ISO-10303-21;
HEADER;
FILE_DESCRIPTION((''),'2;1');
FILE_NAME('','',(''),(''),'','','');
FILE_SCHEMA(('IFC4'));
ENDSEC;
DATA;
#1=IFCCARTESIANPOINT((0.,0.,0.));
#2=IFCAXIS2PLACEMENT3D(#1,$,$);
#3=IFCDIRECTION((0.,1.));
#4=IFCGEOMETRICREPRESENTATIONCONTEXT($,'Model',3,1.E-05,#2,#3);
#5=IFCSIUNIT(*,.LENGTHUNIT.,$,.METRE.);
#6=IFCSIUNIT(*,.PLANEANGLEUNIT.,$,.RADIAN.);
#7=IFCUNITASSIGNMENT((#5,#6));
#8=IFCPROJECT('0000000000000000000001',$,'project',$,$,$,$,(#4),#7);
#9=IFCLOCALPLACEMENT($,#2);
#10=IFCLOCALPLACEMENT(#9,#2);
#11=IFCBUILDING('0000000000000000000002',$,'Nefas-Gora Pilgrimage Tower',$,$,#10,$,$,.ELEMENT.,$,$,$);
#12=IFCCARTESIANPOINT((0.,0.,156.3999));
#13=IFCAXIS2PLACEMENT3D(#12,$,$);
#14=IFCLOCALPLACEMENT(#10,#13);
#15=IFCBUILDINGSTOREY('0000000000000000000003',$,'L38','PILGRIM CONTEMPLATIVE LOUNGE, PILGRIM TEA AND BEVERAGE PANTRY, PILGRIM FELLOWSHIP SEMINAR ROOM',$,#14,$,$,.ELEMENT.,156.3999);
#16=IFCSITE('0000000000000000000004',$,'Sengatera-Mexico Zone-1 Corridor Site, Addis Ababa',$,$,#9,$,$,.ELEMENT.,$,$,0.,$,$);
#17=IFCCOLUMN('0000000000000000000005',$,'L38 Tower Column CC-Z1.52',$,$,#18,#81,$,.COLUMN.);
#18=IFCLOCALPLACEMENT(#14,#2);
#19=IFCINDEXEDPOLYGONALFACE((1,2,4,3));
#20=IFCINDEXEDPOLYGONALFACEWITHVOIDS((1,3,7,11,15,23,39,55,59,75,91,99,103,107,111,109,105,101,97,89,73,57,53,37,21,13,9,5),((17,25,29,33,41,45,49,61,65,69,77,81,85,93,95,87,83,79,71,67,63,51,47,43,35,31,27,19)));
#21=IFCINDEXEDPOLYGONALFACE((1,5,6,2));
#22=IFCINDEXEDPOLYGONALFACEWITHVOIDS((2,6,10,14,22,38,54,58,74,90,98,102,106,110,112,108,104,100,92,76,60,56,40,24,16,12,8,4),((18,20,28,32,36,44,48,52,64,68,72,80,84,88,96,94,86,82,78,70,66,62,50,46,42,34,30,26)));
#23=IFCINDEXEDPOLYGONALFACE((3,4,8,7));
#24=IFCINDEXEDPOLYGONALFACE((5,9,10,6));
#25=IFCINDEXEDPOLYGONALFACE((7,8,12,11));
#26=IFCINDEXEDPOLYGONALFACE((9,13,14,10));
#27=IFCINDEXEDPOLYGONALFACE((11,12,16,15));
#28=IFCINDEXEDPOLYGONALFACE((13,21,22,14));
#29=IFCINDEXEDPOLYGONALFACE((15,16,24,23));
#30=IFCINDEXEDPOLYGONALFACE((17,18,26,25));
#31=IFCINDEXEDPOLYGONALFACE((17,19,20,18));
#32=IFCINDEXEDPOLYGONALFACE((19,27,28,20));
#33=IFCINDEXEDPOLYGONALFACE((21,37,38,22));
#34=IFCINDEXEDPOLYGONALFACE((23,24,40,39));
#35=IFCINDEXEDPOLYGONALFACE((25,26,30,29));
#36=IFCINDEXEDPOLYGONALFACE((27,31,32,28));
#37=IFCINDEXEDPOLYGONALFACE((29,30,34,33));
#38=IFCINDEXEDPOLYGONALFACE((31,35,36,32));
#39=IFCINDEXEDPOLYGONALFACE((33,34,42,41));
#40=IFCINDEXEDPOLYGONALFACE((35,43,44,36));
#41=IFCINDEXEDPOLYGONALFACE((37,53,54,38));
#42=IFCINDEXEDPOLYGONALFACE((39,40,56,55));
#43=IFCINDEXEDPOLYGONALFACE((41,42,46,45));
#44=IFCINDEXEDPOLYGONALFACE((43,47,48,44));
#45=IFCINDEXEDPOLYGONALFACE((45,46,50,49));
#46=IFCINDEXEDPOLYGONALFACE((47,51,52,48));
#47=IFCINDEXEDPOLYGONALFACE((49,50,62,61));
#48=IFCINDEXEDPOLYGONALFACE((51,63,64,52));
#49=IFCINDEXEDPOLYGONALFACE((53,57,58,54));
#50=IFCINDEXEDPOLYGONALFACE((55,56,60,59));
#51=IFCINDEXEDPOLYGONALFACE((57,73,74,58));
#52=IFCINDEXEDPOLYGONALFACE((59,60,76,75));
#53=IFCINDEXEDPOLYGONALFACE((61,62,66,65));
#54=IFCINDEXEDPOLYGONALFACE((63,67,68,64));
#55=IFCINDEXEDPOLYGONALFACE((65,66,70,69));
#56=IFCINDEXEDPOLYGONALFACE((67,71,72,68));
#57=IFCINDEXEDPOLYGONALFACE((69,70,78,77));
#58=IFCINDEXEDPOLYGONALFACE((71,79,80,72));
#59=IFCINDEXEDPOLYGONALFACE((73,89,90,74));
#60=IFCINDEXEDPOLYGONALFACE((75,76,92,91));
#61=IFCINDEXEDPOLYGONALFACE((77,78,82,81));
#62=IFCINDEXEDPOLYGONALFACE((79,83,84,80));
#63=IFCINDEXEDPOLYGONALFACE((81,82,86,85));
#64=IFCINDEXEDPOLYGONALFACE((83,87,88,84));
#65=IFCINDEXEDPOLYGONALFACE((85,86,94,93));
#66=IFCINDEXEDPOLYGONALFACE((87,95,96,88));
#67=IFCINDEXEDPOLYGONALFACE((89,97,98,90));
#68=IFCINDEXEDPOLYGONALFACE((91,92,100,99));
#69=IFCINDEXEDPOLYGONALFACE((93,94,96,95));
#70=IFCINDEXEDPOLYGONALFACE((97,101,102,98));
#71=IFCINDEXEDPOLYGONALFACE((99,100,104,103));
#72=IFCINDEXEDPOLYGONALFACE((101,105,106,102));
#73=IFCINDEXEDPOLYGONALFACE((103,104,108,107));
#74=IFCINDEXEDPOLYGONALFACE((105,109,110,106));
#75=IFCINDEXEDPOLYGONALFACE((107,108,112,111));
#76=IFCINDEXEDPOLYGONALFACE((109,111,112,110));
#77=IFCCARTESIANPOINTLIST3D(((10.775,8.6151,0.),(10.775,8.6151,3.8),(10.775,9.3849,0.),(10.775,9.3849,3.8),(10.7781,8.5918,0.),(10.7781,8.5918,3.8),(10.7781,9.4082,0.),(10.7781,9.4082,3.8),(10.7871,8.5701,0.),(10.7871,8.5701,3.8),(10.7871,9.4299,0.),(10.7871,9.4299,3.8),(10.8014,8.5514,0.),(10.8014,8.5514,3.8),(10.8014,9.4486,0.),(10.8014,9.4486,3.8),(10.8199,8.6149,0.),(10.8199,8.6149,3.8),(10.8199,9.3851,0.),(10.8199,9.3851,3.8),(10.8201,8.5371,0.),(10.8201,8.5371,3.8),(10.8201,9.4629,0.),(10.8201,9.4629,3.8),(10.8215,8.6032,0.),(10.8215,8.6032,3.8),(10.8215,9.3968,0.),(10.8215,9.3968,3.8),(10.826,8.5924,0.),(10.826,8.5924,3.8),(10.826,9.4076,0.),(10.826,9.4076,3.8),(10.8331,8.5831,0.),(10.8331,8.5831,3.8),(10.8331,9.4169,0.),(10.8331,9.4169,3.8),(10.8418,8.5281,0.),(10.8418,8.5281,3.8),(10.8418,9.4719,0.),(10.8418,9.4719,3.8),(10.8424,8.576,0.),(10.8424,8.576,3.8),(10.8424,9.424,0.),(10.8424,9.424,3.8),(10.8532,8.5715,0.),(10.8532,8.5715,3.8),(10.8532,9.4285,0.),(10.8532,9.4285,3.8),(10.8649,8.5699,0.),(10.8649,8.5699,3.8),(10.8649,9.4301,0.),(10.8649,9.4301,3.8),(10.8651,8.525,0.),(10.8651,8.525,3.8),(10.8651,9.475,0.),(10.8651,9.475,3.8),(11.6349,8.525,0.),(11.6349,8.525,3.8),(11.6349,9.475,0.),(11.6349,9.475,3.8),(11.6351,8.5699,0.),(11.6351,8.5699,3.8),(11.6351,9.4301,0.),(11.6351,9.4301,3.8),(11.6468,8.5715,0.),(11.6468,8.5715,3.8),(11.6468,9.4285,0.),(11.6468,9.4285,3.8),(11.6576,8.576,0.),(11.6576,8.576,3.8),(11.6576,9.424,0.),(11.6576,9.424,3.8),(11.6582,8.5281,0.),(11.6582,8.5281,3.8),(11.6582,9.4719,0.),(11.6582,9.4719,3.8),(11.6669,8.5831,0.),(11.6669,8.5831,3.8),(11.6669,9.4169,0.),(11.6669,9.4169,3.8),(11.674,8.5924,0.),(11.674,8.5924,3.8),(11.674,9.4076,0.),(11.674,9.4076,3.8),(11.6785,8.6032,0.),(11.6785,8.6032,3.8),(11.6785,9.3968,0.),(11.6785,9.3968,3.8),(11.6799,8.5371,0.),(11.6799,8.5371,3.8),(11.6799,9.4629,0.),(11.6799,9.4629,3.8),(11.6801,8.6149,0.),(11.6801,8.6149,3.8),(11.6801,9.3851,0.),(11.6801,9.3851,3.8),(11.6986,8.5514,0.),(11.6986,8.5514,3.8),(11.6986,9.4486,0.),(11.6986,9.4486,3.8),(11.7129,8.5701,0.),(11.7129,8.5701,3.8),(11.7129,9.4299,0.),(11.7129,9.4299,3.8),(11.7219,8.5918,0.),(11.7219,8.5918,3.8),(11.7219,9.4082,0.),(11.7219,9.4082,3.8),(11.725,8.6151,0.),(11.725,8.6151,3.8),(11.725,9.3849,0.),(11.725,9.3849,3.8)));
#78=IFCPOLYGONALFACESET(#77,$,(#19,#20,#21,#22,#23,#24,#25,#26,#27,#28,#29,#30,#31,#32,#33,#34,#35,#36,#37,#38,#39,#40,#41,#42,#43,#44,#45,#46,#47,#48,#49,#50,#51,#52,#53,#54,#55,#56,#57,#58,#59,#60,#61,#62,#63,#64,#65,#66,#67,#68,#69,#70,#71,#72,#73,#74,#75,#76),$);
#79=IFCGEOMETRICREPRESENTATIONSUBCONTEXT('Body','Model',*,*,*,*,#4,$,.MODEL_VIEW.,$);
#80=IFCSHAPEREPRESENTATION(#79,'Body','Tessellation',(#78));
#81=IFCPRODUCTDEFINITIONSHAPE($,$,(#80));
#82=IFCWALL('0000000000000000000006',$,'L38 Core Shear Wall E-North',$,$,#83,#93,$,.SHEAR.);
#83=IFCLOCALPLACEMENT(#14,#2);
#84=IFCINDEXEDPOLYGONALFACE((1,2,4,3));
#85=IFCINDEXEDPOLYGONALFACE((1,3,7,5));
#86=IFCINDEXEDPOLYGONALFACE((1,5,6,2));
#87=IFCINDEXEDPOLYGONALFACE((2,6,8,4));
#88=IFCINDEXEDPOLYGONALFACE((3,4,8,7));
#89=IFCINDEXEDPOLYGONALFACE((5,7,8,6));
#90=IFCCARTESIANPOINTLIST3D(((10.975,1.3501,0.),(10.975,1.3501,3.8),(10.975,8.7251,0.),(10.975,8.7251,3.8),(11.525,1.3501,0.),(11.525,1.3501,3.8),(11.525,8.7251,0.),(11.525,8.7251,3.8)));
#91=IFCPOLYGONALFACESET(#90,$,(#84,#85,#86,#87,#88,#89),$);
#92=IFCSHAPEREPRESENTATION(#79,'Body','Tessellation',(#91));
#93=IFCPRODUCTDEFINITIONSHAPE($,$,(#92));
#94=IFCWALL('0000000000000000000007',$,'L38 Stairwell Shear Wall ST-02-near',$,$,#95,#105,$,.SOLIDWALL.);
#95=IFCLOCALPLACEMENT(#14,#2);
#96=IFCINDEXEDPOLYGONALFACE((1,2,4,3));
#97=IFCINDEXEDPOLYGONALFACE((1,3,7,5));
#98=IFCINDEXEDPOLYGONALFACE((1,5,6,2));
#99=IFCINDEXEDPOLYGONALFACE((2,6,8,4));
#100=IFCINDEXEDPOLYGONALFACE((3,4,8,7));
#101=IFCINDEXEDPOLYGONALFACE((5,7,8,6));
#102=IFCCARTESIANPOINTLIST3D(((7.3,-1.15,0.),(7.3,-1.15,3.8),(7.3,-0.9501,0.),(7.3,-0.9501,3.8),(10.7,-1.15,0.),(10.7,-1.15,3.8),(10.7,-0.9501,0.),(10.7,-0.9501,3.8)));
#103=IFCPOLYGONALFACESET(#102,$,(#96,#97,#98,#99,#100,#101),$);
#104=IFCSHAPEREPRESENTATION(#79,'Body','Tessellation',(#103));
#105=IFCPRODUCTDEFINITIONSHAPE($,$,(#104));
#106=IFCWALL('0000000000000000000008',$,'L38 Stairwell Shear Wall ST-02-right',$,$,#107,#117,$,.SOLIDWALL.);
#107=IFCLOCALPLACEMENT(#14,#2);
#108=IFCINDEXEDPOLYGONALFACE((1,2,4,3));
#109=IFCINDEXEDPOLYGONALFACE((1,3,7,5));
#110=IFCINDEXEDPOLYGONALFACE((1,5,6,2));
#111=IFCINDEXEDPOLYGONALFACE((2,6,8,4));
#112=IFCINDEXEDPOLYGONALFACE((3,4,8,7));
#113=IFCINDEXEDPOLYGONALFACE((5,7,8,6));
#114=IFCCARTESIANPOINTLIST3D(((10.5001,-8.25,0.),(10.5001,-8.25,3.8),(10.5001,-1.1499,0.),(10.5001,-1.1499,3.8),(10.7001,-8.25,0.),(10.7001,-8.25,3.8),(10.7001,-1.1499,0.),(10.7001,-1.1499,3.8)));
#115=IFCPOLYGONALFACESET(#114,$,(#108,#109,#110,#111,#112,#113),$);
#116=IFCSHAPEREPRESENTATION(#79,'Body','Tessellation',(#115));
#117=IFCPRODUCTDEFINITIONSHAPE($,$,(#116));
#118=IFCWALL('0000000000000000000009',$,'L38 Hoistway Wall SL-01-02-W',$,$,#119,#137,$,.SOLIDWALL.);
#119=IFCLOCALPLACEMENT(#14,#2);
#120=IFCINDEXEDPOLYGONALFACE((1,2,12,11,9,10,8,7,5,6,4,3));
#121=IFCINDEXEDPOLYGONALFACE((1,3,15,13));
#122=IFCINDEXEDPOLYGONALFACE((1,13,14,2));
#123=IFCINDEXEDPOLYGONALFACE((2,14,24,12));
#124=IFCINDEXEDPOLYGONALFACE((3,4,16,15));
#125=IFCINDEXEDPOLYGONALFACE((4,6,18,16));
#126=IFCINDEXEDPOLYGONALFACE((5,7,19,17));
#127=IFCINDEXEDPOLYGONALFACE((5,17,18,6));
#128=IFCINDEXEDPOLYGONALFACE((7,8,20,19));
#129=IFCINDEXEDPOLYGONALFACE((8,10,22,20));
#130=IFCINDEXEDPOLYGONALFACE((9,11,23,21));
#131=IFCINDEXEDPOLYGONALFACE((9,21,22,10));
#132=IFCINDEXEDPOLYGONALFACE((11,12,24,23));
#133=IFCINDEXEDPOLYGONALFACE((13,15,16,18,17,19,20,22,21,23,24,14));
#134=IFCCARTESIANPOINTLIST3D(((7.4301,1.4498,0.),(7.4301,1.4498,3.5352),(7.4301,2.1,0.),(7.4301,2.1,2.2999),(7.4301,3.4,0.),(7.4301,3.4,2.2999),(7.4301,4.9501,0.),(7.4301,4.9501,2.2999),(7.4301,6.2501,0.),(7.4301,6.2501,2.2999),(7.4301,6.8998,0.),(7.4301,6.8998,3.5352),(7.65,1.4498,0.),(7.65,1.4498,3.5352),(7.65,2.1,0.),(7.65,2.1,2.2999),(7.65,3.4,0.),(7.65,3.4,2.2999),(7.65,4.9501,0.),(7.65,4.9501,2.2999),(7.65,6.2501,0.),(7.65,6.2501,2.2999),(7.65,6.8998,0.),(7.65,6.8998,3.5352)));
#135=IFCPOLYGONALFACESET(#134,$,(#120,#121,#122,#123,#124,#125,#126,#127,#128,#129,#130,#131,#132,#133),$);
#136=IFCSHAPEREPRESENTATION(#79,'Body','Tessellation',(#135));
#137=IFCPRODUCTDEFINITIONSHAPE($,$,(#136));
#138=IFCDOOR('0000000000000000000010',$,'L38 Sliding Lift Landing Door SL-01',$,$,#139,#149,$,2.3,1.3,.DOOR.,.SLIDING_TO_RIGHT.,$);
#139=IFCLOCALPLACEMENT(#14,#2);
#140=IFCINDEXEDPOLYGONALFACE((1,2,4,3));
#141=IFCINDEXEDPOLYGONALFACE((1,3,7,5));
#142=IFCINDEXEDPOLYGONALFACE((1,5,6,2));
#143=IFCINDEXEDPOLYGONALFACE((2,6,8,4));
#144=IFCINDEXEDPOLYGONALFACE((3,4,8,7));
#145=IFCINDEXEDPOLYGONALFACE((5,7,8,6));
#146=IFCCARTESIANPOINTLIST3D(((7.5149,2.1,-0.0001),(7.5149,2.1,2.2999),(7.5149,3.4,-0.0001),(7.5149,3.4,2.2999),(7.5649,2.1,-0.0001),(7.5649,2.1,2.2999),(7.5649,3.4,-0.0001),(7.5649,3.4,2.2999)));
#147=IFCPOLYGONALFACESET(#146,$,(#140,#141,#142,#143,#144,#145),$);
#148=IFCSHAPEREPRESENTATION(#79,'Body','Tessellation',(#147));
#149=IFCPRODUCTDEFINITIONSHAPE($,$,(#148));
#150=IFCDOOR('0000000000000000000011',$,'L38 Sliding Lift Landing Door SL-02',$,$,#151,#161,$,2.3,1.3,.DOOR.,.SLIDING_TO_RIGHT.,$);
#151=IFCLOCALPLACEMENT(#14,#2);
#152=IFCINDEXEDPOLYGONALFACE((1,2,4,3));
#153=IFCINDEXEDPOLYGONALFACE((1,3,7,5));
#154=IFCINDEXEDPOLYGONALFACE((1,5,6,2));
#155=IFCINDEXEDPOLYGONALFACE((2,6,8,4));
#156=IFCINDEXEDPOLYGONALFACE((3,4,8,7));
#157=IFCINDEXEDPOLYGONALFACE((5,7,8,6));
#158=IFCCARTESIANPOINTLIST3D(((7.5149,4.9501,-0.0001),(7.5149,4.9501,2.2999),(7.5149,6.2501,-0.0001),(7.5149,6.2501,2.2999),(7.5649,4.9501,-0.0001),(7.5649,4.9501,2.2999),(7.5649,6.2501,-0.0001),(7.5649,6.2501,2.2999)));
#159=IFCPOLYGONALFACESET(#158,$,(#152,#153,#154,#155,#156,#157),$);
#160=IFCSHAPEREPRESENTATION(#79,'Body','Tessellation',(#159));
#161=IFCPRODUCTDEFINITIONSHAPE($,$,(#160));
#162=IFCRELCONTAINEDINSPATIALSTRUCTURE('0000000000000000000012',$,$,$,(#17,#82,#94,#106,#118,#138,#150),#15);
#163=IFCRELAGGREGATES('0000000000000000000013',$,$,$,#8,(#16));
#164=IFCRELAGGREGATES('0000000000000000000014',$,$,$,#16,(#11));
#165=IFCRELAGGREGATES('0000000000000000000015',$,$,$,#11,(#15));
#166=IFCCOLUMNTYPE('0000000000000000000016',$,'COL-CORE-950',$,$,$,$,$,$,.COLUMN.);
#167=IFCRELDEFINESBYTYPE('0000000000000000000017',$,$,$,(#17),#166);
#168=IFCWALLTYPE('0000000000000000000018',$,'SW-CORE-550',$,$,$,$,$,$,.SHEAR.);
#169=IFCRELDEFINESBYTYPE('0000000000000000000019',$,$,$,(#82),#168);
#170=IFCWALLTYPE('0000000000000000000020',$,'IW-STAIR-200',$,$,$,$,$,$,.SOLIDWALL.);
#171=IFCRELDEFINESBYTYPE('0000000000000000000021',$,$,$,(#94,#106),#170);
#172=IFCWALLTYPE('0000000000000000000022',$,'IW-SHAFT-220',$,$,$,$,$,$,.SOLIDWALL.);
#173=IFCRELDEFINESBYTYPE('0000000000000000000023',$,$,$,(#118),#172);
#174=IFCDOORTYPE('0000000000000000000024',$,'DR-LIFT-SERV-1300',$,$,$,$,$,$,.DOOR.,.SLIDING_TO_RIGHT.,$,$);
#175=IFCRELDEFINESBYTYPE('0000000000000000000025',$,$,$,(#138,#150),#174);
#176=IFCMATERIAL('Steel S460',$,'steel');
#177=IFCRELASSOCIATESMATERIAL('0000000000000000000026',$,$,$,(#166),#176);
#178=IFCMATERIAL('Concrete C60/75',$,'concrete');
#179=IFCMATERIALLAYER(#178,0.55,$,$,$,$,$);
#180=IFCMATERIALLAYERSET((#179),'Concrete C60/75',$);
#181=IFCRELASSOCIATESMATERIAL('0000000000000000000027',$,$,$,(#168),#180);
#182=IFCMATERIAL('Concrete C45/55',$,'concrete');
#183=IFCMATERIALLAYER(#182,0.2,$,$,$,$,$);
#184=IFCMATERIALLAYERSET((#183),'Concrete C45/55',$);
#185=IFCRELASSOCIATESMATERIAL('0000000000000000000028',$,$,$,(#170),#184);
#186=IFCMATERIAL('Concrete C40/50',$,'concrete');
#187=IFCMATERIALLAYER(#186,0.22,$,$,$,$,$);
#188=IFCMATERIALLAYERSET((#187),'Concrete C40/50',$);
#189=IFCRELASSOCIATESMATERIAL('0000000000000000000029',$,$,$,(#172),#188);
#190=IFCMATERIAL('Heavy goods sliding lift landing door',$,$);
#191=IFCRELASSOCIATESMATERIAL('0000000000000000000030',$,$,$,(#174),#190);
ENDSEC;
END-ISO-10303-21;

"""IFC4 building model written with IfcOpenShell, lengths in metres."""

from ifc_helpers import new_model, si_unit, direction, frame, frame_2d, origin, origin_2d, place, context, subcontext, project, spatial, rectangle, hollow_rectangle, extrude, source, transform, mapped, material, layer, layer_set, material_profile, profile_set, type_object, element, fill, save


model = new_model("IFC4")

# Units and contexts
model_context = context("Model", 3, precision=1e-05, world=origin(), true_north=direction((0.0, 1.0)))
body_context = subcontext(model_context, "Body", "Model", "MODEL_VIEW")
ifc_project = project(units=[si_unit("LENGTHUNIT", "METRE"), si_unit("PLANEANGLEUNIT", "RADIAN")], contexts=[model_context])

# Site, building, storey
site_placement = place(None, origin())
site = spatial("IfcSite", under=ifc_project, at=site_placement, Name="Sengatera-Mexico Zone-1 Corridor Site, Addis Ababa", CompositionType="ELEMENT", RefElevation=0.0)
building_placement = place(site_placement, origin())
building = spatial("IfcBuilding", under=site, at=building_placement, Name="Nefas-Gora Pilgrimage Tower", CompositionType="ELEMENT")
storey_placement = place(building_placement, frame((0.0, 0.0, 156.3999)))
storey = spatial("IfcBuildingStorey", under=building, at=storey_placement, Name="L38", Description="PILGRIM CONTEMPLATIVE LOUNGE, PILGRIM TEA AND BEVERAGE PANTRY, PILGRIM FELLOWSHIP SEMINAR ROOM", CompositionType="ELEMENT", Elevation=156.3999)

# Column
ifc_material_1 = material(Name="Steel S460", Category="steel")
ifc_material_profile = material_profile(ifc_material_1, hollow_rectangle(XDim=0.95, YDim=0.95, WallThickness=0.0449, InnerFilletRadius=0.0449, OuterFilletRadius=0.0901, at=origin_2d()), Name="BOX 950x950x45")
ifc_profile_set = profile_set([ifc_material_profile], Name="Steel S460")
column_type = type_object("IfcColumnType", Name="COL-CORE-950", PredefinedType="COLUMN", material=ifc_profile_set)
shared_shape_1 = source(origin(), body_context, "Body", "SweptSolid", [
    extrude(hollow_rectangle(XDim=0.95, YDim=0.95, WallThickness=0.0449, InnerFilletRadius=0.0449, OuterFilletRadius=0.0901, at=origin_2d()), origin(), (0.0, 0.0, 1.0), 3.8),
])
column_placement = place(storey_placement, frame((11.25, 9.0, 0.0), z_axis=(0.0, 0.0, 1.0), x_axis=(1.0, 0.0, 0.0)))
element("IfcColumn", 1, at=column_placement, inside=storey, type_object=column_type, Name="L38 Tower Column CC-Z1.52", PredefinedType="COLUMN", context=body_context, shape_type="MappedRepresentation", body=[
    mapped(shared_shape_1, transform((0.0, 0.0, 0.0), x_axis=(1.0, 0.0, 0.0), y_axis=(0.0, 1.0, 0.0), z_axis=(0.0, 0.0, 1.0), scale=1.0)),
])

# Walls
ifc_material_2 = material(Name="Concrete C60/75", Category="concrete")
ifc_layer_1 = layer(ifc_material_2, 0.55)
ifc_layer_set_1 = layer_set([ifc_layer_1], Name="Concrete C60/75")
wall_type_1 = type_object("IfcWallType", Name="SW-CORE-550", PredefinedType="SHEAR", material=ifc_layer_set_1)
shared_shape_2 = source(origin(), body_context, "Body", "SweptSolid", [
    extrude(rectangle(XDim=7.375, YDim=0.55, at=frame_2d((3.6875, 0.0))), origin(), (0.0, 0.0, 1.0), 3.8),
])
wall_1_placement = place(storey_placement, frame((11.25, 1.3501, 0.0), z_axis=(0.0, 0.0, 1.0), x_axis=(0.0, 1.0, 0.0)))
element("IfcWall", 2, at=wall_1_placement, inside=storey, type_object=wall_type_1, Name="L38 Core Shear Wall E-North", PredefinedType="SHEAR", context=body_context, shape_type="MappedRepresentation", body=[
    mapped(shared_shape_2, transform((0.0, 0.0, 0.0), x_axis=(1.0, 0.0, 0.0), y_axis=(0.0, 1.0, 0.0), z_axis=(0.0, 0.0, 1.0), scale=1.0)),
])
ifc_material_3 = material(Name="Concrete C45/55", Category="concrete")
ifc_layer_2 = layer(ifc_material_3, 0.2)
ifc_layer_set_2 = layer_set([ifc_layer_2], Name="Concrete C45/55")
wall_type_2 = type_object("IfcWallType", Name="IW-STAIR-200", PredefinedType="SOLIDWALL", material=ifc_layer_set_2)
shared_shape_3 = source(origin(), body_context, "Body", "SweptSolid", [
    extrude(rectangle(XDim=3.3999, YDim=0.2, at=frame_2d((1.7, 0.0))), origin(), (0.0, 0.0, 1.0), 3.8),
])
wall_2_placement = place(storey_placement, frame((7.3, -1.05, 0.0), z_axis=(0.0, 0.0, 1.0), x_axis=(1.0, 0.0, 0.0)))
element("IfcWall", 3, at=wall_2_placement, inside=storey, type_object=wall_type_2, Name="L38 Stairwell Shear Wall ST-02-near", PredefinedType="SOLIDWALL", context=body_context, shape_type="MappedRepresentation", body=[
    mapped(shared_shape_3, transform((0.0, 0.0, 0.0), x_axis=(1.0, 0.0, 0.0), y_axis=(0.0, 1.0, 0.0), z_axis=(0.0, 0.0, 1.0), scale=1.0)),
])
shared_shape_4 = source(origin(), body_context, "Body", "SweptSolid", [
    extrude(rectangle(XDim=7.1001, YDim=0.2, at=frame_2d((3.55, 0.0))), origin(), (0.0, 0.0, 1.0), 3.8),
])
wall_3_placement = place(storey_placement, frame((10.6001, -1.1499, 0.0), z_axis=(0.0, 0.0, 1.0), x_axis=(0.0, -1.0, 0.0)))
element("IfcWall", 4, at=wall_3_placement, inside=storey, type_object=wall_type_2, Name="L38 Stairwell Shear Wall ST-02-right", PredefinedType="SOLIDWALL", context=body_context, shape_type="MappedRepresentation", body=[
    mapped(shared_shape_4, transform((0.0, 0.0, 0.0), x_axis=(1.0, 0.0, 0.0), y_axis=(0.0, 1.0, 0.0), z_axis=(0.0, 0.0, 1.0), scale=1.0)),
])

# Wall, openings, doors
ifc_material_4 = material(Name="Concrete C40/50", Category="concrete")
ifc_layer_3 = layer(ifc_material_4, 0.22)
ifc_layer_set_3 = layer_set([ifc_layer_3], Name="Concrete C40/50")
wall_type_3 = type_object("IfcWallType", Name="IW-SHAFT-220", PredefinedType="SOLIDWALL", material=ifc_layer_set_3)
shared_shape_5 = source(origin(), body_context, "Body", "SweptSolid", [
    extrude(rectangle(XDim=5.45, YDim=0.22, at=frame_2d((2.7251, 0.0))), origin(), (0.0, 0.0, 1.0), 3.5352),
])
wall_4_placement = place(storey_placement, frame((7.54, 6.8999, 0.0), z_axis=(0.0, 0.0, 1.0), x_axis=(0.0, -1.0, 0.0)))
wall_4 = element("IfcWall", 5, at=wall_4_placement, inside=storey, type_object=wall_type_3, Name="L38 Hoistway Wall SL-01-02-W", PredefinedType="SOLIDWALL", context=body_context, shape_type="MappedRepresentation", body=[
    mapped(shared_shape_5, transform((0.0, 0.0, 0.0), x_axis=(1.0, 0.0, 0.0), y_axis=(0.0, 1.0, 0.0), z_axis=(0.0, 0.0, 1.0), scale=1.0)),
])
opening_1_placement = place(wall_4_placement, frame((3.5, 0.0, 0.0)))
opening_1 = element("IfcOpeningElement", 6, at=opening_1_placement, cuts=wall_4, PredefinedType="OPENING", context=body_context, shape_type="SweptSolid", body=[
    extrude(rectangle(XDim=1.3, YDim=2.3, at=frame_2d((0.6499, 1.1499))), frame((0.0, 0.1199, 0.0), z_axis=(0.0, -1.0, 0.0), x_axis=(1.0, 0.0, 0.0)), (0.0, 0.0, 1.0), 0.24),
])
opening_2_placement = place(wall_4_placement, frame((0.6499, 0.0, 0.0)))
opening_2 = element("IfcOpeningElement", 7, at=opening_2_placement, cuts=wall_4, PredefinedType="OPENING", context=body_context, shape_type="SweptSolid", body=[
    extrude(rectangle(XDim=1.3, YDim=2.3, at=frame_2d((0.6499, 1.1499))), frame((0.0, 0.1199, 0.0), z_axis=(0.0, -1.0, 0.0), x_axis=(1.0, 0.0, 0.0)), (0.0, 0.0, 1.0), 0.24),
])
ifc_material_5 = material(Name="Heavy goods sliding lift landing door")
door_type_1 = type_object("IfcDoorType", Name="DR-LIFT-SERV-1300", OperationType="SLIDING_TO_RIGHT", PredefinedType="DOOR", material=ifc_material_5)
shared_shape_6 = source(origin(), body_context, "Body", "SweptSolid", [
    extrude(rectangle(XDim=1.3, YDim=2.3, at=frame_2d((0.6499, 1.1499))), frame((0.0, 0.0249, 0.0), z_axis=(0.0, -1.0, 0.0), x_axis=(1.0, 0.0, 0.0)), (0.0, 0.0, 1.0), 0.05),
])
door_1_placement = place(opening_1_placement, origin())
door_1 = element("IfcDoor", 8, at=door_1_placement, inside=storey, type_object=door_type_1, Name="L38 Sliding Lift Landing Door SL-01", OperationType="SLIDING_TO_RIGHT", OverallHeight=2.3, OverallWidth=1.3, PredefinedType="DOOR", context=body_context, shape_type="MappedRepresentation", body=[
    mapped(shared_shape_6, transform((0.0, 0.0, 0.0), x_axis=(1.0, 0.0, 0.0), y_axis=(0.0, 1.0, 0.0), z_axis=(0.0, 0.0, 1.0), scale=1.0)),
])
fill(opening_1, door_1)
door_2_placement = place(opening_2_placement, origin())
door_2 = element("IfcDoor", 9, at=door_2_placement, inside=storey, type_object=door_type_1, Name="L38 Sliding Lift Landing Door SL-02", OperationType="SLIDING_TO_RIGHT", OverallHeight=2.3, OverallWidth=1.3, PredefinedType="DOOR", context=body_context, shape_type="MappedRepresentation", body=[
    mapped(shared_shape_6, transform((0.0, 0.0, 0.0), x_axis=(1.0, 0.0, 0.0), y_axis=(0.0, 1.0, 0.0), z_axis=(0.0, 0.0, 1.0), scale=1.0)),
])
fill(opening_2, door_2)

save(model, "model.ifc")
